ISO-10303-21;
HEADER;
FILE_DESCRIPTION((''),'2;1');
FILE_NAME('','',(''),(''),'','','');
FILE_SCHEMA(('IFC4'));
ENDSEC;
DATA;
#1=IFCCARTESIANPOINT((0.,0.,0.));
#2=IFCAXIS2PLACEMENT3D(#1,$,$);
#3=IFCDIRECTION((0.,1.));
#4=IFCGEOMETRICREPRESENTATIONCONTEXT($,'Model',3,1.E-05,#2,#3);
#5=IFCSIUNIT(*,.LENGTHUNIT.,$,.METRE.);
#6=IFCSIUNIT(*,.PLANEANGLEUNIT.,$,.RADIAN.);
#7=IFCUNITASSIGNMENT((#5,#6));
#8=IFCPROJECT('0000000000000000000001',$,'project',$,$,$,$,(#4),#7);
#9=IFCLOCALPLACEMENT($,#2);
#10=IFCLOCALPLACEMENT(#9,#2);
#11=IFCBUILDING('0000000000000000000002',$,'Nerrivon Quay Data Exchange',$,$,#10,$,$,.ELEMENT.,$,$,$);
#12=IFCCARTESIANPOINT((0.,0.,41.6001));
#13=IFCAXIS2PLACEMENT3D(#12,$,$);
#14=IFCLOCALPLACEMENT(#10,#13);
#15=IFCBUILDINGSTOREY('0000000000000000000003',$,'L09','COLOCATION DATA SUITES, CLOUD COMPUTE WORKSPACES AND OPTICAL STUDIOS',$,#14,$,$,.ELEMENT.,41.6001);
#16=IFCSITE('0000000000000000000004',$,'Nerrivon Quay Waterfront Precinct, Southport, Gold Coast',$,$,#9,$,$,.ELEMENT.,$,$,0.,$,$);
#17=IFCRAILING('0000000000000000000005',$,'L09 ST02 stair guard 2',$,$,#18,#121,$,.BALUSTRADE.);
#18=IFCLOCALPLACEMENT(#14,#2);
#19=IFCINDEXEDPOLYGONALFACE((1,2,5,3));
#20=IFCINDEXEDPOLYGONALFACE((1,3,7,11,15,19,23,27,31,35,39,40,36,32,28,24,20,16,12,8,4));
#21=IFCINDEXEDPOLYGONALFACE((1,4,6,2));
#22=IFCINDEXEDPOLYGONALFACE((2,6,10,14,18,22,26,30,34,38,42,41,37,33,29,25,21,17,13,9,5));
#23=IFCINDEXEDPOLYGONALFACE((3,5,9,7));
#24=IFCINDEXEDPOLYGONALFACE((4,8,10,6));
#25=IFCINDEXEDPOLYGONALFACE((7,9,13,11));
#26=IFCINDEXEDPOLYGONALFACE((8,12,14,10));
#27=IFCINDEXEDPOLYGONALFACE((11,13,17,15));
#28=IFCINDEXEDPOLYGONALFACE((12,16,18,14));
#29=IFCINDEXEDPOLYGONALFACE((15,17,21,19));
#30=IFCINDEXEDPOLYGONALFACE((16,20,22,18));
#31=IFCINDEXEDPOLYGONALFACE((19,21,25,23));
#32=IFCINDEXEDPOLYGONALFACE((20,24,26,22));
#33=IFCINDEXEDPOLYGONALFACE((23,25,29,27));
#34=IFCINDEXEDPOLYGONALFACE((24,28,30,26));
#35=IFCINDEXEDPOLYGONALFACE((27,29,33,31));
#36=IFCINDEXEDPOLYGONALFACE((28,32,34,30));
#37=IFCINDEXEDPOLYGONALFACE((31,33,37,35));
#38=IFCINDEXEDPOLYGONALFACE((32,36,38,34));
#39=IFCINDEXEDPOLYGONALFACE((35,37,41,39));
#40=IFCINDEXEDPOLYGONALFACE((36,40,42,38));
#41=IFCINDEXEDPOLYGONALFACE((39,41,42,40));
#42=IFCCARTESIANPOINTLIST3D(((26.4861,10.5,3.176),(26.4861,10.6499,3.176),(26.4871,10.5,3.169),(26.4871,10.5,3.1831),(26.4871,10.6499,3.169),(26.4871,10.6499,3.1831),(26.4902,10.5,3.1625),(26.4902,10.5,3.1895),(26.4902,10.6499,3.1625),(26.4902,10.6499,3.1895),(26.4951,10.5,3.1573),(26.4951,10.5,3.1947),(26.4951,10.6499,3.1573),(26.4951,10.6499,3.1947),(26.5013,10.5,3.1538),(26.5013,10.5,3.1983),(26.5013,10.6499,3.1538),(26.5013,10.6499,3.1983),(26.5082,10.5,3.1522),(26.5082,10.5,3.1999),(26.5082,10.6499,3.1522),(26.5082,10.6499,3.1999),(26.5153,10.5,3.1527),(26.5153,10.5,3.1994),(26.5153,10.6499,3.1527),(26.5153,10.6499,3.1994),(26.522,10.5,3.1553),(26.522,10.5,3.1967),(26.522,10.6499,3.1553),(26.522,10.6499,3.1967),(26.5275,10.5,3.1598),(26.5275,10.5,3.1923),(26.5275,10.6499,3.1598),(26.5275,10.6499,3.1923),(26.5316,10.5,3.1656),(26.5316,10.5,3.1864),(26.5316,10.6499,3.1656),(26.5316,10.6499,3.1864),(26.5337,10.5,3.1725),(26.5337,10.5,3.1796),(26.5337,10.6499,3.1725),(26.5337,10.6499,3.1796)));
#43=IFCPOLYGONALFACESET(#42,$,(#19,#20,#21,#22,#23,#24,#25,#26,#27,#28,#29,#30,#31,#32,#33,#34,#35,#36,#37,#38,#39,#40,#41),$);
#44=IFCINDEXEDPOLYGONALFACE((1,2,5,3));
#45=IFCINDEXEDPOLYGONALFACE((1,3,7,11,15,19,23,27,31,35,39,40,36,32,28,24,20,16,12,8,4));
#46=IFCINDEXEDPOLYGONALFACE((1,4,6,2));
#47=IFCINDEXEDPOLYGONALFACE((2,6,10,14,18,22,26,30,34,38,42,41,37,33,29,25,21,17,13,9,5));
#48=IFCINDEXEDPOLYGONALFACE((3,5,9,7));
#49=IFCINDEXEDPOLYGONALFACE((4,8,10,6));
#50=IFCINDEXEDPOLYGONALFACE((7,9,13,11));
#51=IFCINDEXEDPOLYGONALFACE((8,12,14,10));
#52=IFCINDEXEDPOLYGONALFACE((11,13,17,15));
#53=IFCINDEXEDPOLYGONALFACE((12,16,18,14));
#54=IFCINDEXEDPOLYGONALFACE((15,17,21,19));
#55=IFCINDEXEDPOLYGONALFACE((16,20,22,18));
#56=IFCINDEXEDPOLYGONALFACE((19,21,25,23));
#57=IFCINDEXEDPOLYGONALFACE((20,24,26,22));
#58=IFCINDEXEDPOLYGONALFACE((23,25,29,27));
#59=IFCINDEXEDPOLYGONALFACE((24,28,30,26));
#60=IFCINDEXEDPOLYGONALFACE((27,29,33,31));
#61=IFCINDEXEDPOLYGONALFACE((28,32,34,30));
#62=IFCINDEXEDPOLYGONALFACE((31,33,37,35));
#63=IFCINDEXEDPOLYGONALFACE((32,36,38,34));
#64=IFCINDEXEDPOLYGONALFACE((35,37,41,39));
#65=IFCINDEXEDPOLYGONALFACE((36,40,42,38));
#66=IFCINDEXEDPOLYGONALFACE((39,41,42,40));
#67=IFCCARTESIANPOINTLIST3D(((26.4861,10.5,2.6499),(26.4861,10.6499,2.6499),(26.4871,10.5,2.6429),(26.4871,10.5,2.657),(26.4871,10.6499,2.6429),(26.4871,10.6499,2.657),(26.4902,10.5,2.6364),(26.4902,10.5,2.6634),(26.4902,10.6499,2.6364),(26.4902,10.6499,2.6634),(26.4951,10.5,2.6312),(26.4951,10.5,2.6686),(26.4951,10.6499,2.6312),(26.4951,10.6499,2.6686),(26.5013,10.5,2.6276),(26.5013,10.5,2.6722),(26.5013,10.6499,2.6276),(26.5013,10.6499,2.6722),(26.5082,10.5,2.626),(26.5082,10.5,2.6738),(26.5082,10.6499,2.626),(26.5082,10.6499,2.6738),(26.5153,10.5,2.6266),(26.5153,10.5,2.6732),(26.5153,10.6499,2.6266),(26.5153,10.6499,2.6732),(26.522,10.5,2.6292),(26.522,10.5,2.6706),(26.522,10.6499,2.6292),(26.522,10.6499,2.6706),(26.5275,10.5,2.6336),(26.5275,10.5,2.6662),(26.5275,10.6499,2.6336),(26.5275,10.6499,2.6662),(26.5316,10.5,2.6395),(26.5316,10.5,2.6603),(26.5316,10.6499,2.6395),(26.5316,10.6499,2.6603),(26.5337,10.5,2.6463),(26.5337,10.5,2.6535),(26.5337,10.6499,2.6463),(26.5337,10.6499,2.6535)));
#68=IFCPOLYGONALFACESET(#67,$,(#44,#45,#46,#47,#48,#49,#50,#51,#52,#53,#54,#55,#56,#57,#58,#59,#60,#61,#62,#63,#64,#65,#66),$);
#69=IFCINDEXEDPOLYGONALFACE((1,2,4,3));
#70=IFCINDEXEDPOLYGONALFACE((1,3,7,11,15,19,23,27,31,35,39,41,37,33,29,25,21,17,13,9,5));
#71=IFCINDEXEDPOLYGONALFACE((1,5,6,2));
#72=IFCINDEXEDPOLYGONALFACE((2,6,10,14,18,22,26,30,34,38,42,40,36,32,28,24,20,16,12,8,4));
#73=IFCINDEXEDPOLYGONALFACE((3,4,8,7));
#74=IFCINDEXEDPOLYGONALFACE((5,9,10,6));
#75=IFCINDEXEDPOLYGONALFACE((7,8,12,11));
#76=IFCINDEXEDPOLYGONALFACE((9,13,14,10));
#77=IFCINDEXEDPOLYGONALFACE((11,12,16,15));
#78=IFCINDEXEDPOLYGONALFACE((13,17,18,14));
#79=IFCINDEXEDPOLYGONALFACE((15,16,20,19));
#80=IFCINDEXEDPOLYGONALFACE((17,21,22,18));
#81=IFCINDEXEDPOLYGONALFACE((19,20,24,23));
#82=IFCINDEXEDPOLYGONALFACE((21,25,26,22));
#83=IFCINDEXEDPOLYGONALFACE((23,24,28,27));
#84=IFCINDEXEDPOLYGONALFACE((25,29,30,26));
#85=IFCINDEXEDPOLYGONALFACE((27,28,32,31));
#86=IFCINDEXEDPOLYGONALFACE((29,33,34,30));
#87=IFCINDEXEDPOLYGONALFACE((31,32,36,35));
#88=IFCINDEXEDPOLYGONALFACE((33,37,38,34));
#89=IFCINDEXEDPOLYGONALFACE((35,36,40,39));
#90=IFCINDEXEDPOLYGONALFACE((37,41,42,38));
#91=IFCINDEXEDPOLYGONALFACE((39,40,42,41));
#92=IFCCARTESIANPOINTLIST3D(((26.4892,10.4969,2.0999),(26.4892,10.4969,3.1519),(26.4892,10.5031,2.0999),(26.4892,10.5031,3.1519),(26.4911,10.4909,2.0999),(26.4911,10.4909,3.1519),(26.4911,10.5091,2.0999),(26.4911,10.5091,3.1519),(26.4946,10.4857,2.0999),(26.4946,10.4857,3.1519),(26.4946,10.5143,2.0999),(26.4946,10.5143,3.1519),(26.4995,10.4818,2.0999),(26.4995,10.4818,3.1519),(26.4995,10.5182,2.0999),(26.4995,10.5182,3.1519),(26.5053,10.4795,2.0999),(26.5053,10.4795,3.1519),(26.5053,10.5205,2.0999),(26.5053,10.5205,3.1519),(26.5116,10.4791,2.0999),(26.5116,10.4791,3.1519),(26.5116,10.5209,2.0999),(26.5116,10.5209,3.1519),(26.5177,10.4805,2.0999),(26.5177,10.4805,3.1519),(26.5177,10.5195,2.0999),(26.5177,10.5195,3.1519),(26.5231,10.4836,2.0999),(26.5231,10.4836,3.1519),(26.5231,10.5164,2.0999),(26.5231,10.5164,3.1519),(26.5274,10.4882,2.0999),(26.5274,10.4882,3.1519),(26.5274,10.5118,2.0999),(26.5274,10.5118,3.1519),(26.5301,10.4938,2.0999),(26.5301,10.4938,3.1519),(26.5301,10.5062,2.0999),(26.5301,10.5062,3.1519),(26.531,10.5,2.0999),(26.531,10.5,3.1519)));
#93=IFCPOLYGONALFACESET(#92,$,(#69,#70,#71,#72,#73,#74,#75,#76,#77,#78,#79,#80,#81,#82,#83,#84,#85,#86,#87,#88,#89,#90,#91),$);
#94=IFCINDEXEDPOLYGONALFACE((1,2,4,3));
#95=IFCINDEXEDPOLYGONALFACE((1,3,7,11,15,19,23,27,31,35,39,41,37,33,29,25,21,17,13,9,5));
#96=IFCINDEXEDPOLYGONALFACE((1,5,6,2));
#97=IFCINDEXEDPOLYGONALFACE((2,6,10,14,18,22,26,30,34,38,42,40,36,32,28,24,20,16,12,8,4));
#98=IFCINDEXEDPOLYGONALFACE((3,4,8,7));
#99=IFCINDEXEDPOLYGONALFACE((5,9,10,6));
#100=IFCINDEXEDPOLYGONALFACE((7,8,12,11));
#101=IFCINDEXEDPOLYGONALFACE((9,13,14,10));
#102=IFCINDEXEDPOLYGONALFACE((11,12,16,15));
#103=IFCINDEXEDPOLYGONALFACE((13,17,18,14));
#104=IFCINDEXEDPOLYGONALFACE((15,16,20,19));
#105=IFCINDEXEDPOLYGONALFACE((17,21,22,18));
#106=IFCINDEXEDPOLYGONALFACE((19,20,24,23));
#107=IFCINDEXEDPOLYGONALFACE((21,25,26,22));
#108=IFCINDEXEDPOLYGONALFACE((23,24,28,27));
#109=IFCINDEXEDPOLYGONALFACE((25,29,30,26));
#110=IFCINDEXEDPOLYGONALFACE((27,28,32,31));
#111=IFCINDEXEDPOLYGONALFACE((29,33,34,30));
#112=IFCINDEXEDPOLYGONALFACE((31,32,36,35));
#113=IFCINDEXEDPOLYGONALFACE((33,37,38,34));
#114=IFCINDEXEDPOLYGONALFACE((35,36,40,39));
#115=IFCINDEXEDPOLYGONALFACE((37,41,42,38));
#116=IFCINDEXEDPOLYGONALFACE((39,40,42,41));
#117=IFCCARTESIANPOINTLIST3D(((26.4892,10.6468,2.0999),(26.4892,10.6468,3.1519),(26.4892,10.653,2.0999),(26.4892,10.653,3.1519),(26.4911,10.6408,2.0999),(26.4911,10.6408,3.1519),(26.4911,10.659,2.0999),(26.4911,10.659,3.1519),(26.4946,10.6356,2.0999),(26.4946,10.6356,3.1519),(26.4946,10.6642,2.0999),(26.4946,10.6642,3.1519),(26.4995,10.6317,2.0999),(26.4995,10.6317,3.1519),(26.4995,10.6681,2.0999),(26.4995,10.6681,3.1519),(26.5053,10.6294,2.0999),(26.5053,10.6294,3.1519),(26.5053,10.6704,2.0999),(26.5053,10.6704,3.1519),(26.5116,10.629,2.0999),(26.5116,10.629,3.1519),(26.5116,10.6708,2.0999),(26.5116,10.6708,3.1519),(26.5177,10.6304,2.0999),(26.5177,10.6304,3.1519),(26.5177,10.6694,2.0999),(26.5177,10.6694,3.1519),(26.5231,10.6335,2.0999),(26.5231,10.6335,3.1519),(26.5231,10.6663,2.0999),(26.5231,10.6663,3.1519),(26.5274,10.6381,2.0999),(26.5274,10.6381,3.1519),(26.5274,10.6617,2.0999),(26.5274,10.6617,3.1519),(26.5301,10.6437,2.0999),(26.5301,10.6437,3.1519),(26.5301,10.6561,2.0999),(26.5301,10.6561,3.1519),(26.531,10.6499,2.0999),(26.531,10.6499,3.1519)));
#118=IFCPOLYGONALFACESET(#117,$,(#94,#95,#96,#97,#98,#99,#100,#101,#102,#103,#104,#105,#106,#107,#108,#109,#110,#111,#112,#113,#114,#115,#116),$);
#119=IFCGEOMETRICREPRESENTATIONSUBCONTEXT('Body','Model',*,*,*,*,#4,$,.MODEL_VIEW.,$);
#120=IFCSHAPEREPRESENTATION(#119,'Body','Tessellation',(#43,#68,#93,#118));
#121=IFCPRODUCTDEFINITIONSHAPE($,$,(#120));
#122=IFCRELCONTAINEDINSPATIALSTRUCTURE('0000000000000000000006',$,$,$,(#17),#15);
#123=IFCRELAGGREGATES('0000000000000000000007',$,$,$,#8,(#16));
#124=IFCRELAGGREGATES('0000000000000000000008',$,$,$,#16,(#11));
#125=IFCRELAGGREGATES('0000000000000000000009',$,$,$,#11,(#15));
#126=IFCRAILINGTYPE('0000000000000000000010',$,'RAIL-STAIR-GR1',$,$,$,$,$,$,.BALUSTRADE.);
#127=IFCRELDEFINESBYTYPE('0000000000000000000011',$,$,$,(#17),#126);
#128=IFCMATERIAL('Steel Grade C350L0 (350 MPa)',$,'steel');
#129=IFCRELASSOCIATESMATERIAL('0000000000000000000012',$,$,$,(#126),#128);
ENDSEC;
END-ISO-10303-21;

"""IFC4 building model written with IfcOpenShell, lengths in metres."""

from ifc_helpers import new_model, si_unit, direction, frame, origin, origin_2d, place, context, subcontext, project, spatial, circle, extrude, material, type_object, element, save


model = new_model("IFC4")

# Units and contexts
model_context = context("Model", 3, precision=1e-05, world=origin(), true_north=direction((0.0, 1.0)))
body_context = subcontext(model_context, "Body", "Model", "MODEL_VIEW")
ifc_project = project(units=[si_unit("LENGTHUNIT", "METRE"), si_unit("PLANEANGLEUNIT", "RADIAN")], contexts=[model_context])

# Site, building, storey
site_placement = place(None, origin())
site = spatial("IfcSite", under=ifc_project, at=site_placement, Name="Nerrivon Quay Waterfront Precinct, Southport, Gold Coast", CompositionType="ELEMENT", RefElevation=0.0)
building_placement = place(site_placement, origin())
building = spatial("IfcBuilding", under=site, at=building_placement, Name="Nerrivon Quay Data Exchange", CompositionType="ELEMENT")
storey_placement = place(building_placement, frame((0.0, 0.0, 41.6001)))
storey = spatial("IfcBuildingStorey", under=building, at=storey_placement, Name="L09", Description="COLOCATION DATA SUITES, CLOUD COMPUTE WORKSPACES AND OPTICAL STUDIOS", CompositionType="ELEMENT", Elevation=41.6001)

# Railing
ifc_material_1 = material(Name="Steel Grade C350L0 (350 MPa)", Category="steel")
railing_type_1 = type_object("IfcRailingType", Name="RAIL-STAIR-GR1", PredefinedType="BALUSTRADE", material=ifc_material_1)
railing_1_placement = place(storey_placement, frame((26.51, 10.5, 2.0999)))
element("IfcRailing", 1, at=railing_1_placement, inside=storey, type_object=railing_type_1, Name="L09 ST02 stair guard 2", PredefinedType="BALUSTRADE", context=body_context, shape_type="SweptSolid", body=[
    extrude(circle(Radius=0.0239, at=origin_2d()), frame((0.0, 0.0, 1.0762), z_axis=(0.0, 1.0, 0.0), x_axis=(-1.0, 0.0, 0.0)), (0.0, 0.0, 1.0), 0.1499),
    extrude(circle(Radius=0.0239, at=origin_2d()), frame((0.0, 0.0, 0.55), z_axis=(0.0, 1.0, 0.0), x_axis=(-1.0, 0.0, 0.0)), (0.0, 0.0, 1.0), 0.1499),
    extrude(circle(Radius=0.021, at=origin_2d()), origin(), (0.0, 0.0, 1.0), 1.052),
    extrude(circle(Radius=0.021, at=origin_2d()), frame((0.0, 0.1499, 0.0)), (0.0, 0.0, 1.0), 1.052),
])

save(model, "model.ifc")
